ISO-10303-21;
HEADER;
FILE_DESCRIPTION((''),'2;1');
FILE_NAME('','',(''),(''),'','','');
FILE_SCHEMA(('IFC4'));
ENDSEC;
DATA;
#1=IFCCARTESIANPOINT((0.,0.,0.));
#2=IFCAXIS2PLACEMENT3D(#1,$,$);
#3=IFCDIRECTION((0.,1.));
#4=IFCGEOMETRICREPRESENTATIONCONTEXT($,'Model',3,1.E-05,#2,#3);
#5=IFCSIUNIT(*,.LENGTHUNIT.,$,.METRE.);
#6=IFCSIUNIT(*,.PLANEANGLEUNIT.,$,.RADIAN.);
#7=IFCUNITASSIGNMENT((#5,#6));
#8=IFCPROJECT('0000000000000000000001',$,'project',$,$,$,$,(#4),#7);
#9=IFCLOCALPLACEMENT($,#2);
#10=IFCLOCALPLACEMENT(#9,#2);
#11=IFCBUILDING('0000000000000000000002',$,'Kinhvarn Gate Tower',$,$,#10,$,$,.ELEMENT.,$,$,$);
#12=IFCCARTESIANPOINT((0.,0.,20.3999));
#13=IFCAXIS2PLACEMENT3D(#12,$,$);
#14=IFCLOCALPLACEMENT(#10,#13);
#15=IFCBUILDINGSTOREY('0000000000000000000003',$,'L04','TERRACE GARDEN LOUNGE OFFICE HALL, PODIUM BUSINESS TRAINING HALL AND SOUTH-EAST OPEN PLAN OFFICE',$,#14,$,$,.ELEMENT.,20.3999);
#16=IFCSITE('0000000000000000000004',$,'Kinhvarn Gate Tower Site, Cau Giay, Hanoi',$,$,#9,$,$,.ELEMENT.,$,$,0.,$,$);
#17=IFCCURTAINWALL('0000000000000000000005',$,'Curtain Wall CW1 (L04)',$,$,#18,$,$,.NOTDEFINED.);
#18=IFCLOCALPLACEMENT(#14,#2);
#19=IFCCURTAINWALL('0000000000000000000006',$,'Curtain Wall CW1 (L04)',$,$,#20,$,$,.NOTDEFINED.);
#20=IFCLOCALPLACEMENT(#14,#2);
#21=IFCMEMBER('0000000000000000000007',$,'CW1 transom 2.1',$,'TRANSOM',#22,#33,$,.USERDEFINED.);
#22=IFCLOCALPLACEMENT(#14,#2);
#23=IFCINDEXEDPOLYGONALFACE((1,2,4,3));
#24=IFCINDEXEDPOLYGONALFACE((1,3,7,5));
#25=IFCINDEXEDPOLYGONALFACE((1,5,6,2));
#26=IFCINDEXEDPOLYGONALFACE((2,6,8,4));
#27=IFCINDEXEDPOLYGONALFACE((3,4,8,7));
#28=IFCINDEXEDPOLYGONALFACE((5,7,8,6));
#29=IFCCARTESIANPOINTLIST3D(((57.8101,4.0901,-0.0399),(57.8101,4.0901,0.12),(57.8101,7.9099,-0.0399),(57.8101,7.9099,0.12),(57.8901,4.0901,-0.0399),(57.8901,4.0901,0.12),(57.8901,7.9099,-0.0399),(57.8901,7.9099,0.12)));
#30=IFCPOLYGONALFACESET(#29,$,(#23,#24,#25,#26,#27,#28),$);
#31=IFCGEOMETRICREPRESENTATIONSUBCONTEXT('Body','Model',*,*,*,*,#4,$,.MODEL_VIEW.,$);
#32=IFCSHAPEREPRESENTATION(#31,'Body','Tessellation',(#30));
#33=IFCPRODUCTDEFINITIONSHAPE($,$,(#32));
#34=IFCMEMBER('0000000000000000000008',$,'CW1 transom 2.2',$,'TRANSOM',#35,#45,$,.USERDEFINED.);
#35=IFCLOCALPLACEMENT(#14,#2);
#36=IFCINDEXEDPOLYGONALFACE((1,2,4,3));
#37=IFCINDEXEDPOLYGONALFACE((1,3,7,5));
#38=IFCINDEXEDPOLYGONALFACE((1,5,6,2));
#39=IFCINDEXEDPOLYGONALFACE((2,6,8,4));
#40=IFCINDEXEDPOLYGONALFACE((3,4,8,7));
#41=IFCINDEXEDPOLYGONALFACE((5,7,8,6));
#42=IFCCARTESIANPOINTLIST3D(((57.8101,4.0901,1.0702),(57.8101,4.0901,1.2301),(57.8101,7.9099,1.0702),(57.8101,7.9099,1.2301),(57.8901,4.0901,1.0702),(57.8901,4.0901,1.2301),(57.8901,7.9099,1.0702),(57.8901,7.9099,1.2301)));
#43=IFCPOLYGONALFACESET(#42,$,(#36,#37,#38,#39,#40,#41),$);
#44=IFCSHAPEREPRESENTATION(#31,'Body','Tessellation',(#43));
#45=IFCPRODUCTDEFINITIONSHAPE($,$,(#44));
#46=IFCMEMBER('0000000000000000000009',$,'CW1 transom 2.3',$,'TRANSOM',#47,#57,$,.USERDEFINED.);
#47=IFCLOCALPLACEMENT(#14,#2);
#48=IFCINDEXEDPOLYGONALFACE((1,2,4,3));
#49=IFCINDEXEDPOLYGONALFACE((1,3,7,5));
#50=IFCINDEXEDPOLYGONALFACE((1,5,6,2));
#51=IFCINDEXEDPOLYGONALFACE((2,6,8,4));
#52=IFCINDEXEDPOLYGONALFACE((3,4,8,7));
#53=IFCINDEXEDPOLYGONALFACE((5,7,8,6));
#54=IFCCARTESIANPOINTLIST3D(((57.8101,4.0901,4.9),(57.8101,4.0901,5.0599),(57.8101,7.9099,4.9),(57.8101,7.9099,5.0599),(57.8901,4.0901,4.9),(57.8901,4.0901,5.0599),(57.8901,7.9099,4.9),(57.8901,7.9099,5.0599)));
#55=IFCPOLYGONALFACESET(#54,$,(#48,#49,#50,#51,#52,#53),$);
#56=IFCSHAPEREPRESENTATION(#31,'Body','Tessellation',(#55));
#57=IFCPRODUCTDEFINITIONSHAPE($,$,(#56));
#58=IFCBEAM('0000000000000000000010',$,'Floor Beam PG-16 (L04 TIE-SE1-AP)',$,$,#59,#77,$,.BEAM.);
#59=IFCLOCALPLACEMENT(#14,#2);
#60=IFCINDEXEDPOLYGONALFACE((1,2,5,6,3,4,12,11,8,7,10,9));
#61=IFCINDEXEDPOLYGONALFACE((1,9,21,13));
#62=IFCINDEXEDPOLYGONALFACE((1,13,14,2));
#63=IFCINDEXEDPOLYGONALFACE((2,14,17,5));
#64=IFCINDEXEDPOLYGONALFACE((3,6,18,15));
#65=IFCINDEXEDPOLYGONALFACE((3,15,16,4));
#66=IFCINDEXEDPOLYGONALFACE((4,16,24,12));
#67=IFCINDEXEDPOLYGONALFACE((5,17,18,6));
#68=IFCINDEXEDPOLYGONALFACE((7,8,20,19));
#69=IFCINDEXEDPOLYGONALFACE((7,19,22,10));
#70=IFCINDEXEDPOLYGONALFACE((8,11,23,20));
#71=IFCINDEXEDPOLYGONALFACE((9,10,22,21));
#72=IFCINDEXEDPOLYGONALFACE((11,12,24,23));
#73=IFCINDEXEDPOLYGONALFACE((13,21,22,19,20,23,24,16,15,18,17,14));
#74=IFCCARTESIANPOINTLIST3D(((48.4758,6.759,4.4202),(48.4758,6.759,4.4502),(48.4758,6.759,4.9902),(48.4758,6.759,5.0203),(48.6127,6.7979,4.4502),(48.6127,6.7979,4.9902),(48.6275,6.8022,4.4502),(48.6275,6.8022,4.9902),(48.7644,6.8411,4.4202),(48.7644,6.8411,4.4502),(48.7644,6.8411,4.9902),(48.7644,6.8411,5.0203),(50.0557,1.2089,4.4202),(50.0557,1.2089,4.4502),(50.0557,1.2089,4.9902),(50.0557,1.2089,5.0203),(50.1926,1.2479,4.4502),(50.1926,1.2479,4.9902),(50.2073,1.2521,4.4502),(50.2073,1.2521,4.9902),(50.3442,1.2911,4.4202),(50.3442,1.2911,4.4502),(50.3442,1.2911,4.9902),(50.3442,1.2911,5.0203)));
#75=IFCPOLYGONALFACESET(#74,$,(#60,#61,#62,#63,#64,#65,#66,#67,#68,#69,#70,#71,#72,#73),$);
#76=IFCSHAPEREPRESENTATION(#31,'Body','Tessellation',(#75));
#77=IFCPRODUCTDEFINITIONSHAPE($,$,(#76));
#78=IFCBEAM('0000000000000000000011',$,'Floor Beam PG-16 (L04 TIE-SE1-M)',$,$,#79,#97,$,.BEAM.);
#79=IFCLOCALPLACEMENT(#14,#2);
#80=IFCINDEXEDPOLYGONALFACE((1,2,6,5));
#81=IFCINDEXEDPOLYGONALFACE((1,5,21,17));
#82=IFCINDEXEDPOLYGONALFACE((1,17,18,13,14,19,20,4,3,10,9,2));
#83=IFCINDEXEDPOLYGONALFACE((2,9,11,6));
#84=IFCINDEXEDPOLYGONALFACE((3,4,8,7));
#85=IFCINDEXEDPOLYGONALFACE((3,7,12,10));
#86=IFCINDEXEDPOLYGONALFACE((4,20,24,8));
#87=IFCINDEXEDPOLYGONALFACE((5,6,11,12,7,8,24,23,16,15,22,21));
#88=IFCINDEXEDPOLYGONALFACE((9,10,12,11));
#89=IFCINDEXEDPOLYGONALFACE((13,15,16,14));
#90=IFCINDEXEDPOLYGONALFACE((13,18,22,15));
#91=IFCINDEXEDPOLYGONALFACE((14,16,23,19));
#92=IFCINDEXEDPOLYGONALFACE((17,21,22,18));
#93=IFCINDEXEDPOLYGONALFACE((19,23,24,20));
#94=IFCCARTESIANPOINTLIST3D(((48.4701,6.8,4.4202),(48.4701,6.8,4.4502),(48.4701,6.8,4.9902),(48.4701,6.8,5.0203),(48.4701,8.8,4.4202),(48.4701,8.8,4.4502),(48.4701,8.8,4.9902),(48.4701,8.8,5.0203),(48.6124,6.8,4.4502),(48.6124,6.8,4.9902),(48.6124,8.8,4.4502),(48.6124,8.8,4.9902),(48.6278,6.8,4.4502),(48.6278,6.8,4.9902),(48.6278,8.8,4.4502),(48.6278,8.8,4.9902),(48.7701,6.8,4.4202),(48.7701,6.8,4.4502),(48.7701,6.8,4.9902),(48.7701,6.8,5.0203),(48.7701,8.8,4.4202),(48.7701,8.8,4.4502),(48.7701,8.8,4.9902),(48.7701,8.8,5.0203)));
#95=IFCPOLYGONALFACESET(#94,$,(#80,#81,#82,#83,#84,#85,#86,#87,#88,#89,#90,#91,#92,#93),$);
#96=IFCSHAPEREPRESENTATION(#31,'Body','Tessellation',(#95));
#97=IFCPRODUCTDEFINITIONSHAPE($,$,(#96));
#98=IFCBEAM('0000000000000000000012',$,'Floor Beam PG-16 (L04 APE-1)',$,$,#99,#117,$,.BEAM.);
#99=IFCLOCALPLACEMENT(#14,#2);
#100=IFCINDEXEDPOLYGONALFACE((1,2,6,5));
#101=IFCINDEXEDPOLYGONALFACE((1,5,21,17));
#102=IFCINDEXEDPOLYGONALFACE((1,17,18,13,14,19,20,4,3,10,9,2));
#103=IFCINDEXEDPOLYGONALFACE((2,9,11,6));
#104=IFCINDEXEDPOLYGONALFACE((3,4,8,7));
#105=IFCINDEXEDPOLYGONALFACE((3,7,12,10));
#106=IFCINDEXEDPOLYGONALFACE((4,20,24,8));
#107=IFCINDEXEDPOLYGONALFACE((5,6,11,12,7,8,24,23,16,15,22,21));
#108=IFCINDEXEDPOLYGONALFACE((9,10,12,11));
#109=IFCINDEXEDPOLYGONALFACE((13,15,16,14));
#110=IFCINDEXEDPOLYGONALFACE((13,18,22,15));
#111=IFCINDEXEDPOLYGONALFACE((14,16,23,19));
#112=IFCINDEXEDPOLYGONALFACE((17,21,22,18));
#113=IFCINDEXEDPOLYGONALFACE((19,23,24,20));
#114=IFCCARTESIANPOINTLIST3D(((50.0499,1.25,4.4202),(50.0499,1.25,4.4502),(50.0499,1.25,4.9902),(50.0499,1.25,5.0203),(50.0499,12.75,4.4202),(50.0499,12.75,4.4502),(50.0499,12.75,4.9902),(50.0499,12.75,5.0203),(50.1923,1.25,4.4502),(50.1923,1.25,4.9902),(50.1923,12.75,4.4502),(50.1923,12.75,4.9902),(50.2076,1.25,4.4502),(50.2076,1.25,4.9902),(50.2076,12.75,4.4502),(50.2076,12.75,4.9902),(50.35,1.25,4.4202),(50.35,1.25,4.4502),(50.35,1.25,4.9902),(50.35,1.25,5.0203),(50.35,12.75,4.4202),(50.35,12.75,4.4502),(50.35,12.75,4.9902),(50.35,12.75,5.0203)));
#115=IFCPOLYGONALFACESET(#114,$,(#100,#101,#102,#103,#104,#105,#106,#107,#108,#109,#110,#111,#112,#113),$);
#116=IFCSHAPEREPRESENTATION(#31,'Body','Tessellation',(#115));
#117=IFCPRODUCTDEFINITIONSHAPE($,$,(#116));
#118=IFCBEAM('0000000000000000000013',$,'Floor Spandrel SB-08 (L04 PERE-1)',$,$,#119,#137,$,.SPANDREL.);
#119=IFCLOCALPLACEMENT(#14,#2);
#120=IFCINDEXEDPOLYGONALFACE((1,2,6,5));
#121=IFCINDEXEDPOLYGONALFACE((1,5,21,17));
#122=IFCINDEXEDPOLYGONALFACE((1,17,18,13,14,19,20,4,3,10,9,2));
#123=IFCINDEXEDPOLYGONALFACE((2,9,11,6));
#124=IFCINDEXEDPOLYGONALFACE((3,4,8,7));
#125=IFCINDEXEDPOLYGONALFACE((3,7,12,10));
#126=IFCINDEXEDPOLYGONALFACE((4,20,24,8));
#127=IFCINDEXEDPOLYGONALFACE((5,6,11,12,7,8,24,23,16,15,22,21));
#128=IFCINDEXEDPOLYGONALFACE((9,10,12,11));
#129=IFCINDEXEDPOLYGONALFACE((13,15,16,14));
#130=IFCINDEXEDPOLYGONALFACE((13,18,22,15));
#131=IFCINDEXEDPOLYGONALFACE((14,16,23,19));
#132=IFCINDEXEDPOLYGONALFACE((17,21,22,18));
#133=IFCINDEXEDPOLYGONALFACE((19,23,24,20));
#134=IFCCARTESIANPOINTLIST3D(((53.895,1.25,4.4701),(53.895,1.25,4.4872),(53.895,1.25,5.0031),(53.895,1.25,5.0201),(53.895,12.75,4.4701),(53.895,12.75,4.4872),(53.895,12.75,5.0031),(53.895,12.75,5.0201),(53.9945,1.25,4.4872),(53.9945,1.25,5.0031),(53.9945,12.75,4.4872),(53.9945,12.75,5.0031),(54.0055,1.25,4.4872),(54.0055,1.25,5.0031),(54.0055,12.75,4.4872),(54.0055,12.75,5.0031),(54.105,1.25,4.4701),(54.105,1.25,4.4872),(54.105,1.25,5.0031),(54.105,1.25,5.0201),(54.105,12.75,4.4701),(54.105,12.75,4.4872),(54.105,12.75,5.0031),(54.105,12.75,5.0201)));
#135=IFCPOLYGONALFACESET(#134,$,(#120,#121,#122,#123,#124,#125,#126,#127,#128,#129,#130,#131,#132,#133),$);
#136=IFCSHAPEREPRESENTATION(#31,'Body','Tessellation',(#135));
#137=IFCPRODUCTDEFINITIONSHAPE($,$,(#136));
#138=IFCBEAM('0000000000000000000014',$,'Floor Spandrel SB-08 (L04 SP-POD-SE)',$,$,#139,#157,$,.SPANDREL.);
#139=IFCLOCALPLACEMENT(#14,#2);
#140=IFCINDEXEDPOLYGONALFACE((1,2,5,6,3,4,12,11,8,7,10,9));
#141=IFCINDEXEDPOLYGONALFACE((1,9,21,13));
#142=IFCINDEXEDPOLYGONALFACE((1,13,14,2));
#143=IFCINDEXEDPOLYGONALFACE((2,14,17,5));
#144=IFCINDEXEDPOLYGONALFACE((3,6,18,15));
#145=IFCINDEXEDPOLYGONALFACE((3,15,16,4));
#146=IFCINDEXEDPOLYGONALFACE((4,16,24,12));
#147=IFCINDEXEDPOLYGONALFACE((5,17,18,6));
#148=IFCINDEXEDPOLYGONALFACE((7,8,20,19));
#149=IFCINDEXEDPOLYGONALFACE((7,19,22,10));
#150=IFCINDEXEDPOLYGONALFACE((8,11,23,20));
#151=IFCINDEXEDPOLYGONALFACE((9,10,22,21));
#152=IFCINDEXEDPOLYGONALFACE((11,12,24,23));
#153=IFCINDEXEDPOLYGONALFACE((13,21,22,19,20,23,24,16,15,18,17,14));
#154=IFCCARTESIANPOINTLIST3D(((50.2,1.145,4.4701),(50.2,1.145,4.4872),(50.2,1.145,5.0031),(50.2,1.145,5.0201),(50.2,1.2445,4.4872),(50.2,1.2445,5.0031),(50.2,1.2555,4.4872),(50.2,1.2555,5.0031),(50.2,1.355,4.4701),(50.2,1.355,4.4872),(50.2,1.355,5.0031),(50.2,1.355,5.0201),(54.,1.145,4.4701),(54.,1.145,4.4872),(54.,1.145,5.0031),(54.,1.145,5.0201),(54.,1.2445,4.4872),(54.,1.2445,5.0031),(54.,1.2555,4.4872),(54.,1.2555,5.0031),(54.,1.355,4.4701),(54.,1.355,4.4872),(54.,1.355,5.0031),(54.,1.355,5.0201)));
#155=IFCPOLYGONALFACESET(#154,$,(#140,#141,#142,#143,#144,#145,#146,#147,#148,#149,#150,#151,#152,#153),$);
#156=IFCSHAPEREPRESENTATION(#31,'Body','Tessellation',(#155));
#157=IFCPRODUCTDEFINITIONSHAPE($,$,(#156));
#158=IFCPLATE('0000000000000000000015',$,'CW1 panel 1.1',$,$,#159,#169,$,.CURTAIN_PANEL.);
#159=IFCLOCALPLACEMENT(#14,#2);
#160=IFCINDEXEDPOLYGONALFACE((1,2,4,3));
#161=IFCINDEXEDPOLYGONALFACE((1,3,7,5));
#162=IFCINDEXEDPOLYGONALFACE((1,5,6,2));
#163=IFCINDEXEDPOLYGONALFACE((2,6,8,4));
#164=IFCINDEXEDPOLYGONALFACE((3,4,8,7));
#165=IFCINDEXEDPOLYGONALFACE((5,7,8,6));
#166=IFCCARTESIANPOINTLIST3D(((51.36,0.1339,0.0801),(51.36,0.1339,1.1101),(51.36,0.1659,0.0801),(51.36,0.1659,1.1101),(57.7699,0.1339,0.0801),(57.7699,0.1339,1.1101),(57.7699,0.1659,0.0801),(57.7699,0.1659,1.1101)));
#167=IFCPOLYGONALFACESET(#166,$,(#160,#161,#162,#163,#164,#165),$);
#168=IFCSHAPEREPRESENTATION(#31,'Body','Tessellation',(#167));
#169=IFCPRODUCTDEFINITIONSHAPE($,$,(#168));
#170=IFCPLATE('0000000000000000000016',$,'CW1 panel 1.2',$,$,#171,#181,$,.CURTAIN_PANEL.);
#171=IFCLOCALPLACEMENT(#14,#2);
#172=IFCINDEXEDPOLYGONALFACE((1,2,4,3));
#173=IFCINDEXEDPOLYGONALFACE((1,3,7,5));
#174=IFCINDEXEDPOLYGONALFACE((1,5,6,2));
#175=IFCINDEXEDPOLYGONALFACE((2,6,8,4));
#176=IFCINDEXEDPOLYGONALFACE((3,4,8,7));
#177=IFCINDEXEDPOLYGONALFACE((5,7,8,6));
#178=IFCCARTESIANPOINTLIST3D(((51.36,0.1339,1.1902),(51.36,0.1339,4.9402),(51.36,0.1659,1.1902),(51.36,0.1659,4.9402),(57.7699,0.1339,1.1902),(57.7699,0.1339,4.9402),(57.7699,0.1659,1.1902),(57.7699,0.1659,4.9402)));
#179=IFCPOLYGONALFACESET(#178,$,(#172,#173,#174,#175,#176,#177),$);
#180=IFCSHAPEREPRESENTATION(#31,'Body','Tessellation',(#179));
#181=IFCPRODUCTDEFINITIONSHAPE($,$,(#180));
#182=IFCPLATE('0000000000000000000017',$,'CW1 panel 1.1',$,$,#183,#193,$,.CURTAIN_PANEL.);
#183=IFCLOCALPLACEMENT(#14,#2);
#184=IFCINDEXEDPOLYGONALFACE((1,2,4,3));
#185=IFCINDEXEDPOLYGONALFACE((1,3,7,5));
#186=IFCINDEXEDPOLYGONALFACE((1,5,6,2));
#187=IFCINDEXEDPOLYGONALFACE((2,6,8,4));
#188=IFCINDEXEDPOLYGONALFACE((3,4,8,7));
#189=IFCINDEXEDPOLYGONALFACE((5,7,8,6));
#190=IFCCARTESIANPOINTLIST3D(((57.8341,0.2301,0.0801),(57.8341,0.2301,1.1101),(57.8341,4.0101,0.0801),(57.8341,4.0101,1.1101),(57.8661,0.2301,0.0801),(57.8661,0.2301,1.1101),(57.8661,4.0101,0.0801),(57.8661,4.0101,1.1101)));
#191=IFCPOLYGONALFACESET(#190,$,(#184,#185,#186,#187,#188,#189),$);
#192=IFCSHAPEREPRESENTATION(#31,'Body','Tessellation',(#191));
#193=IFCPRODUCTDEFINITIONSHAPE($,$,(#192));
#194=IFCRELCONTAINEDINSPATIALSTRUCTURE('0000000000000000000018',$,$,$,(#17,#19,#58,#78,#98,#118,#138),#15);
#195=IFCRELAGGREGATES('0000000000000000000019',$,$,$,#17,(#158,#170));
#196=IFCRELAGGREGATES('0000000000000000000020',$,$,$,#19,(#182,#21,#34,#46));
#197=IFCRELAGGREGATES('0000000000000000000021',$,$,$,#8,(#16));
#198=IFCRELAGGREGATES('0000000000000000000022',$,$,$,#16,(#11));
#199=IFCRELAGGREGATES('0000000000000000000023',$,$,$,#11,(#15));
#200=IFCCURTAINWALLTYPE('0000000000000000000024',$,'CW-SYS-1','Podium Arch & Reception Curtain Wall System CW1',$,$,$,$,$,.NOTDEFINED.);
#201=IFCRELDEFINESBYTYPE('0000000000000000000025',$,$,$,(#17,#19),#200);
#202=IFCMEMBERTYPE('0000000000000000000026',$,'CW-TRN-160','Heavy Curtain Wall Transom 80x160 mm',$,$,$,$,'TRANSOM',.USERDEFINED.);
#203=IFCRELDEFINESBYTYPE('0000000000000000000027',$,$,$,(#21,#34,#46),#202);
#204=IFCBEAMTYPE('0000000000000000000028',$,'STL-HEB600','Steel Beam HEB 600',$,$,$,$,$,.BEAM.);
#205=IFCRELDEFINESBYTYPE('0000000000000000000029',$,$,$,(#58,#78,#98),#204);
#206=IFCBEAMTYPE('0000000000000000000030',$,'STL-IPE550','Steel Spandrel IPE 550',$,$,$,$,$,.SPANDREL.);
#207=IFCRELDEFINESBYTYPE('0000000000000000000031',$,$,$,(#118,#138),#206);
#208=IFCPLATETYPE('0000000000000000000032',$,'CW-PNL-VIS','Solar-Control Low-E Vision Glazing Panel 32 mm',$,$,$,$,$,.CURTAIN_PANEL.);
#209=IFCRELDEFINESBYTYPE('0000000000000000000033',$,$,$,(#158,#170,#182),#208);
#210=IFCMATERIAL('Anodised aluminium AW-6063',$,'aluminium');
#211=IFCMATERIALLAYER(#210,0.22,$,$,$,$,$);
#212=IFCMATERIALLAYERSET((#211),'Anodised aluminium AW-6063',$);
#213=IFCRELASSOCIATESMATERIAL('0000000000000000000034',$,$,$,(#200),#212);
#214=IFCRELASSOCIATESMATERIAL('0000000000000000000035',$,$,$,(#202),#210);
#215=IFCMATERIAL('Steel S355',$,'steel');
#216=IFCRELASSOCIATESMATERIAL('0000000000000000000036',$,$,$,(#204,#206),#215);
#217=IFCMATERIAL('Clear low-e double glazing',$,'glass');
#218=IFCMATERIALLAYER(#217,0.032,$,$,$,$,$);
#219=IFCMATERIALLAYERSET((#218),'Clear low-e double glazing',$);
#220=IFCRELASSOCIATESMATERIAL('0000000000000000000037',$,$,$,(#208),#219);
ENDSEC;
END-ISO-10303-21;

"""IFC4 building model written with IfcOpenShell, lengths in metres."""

from ifc_helpers import new_model, si_unit, direction, frame, origin, origin_2d, place, context, subcontext, project, spatial, rectangle, i_section, extrude, material, layer, layer_set, material_profile, profile_set, type_object, element, aggregate, save


model = new_model("IFC4")

# Units and contexts
model_context = context("Model", 3, precision=1e-05, world=origin(), true_north=direction((0.0, 1.0)))
body_context = subcontext(model_context, "Body", "Model", "MODEL_VIEW")
ifc_project = project(units=[si_unit("LENGTHUNIT", "METRE"), si_unit("PLANEANGLEUNIT", "RADIAN")], contexts=[model_context])

# Site, building, storey
site_placement = place(None, origin())
site = spatial("IfcSite", under=ifc_project, at=site_placement, Name="Kinhvarn Gate Tower Site, Cau Giay, Hanoi", CompositionType="ELEMENT", RefElevation=0.0)
building_placement = place(site_placement, origin())
building = spatial("IfcBuilding", under=site, at=building_placement, Name="Kinhvarn Gate Tower", CompositionType="ELEMENT")
storey_placement = place(building_placement, frame((0.0, 0.0, 20.3999)))
storey = spatial("IfcBuildingStorey", under=building, at=storey_placement, Name="L04", Description="TERRACE GARDEN LOUNGE OFFICE HALL, PODIUM BUSINESS TRAINING HALL AND SOUTH-EAST OPEN PLAN OFFICE", CompositionType="ELEMENT", Elevation=20.3999)

# Shared definitions
ifc_material_1 = material(Name="Anodised aluminium AW-6063", Category="aluminium")
ifc_layer_1 = layer(ifc_material_1, 0.22)
ifc_layer_set_1 = layer_set([ifc_layer_1], Name="Anodised aluminium AW-6063")
curtain_wall_type = type_object("IfcCurtainWallType", Name="CW-SYS-1", Description="Podium Arch & Reception Curtain Wall System CW1", PredefinedType="NOTDEFINED", material=ifc_layer_set_1)

# Curtain walls
curtain_wall_1_placement = place(storey_placement, origin())
curtain_wall_1 = element("IfcCurtainWall", 1, at=curtain_wall_1_placement, inside=storey, type_object=curtain_wall_type, Name="Curtain Wall CW1 (L04)", PredefinedType="NOTDEFINED")
curtain_wall_2_placement = place(storey_placement, origin())
curtain_wall_2 = element("IfcCurtainWall", 2, at=curtain_wall_2_placement, inside=storey, type_object=curtain_wall_type, Name="Curtain Wall CW1 (L04)", PredefinedType="NOTDEFINED")

# Members
ifc_material_profile_1 = material_profile(ifc_material_1, rectangle(XDim=0.0801, YDim=0.1599, at=origin_2d()), Name="ALU 80x160")
ifc_profile_set_1 = profile_set([ifc_material_profile_1], Name="Anodised aluminium AW-6063")
member_type_1 = type_object("IfcMemberType", Name="CW-TRN-160", Description="Heavy Curtain Wall Transom 80x160 mm", ElementType="TRANSOM", PredefinedType="USERDEFINED", material=ifc_profile_set_1)
member_1_placement = place(storey_placement, frame((57.8501, 4.0901, 0.04), z_axis=(0.0, 1.0, 0.0), x_axis=(-1.0, 0.0, 0.0)))
member_1 = element("IfcMember", 3, at=member_1_placement, type_object=member_type_1, Name="CW1 transom 2.1", ObjectType="TRANSOM", PredefinedType="USERDEFINED", context=body_context, shape_type="SweptSolid", body=[
    extrude(rectangle(XDim=0.0801, YDim=0.1599, at=origin_2d()), origin(), (0.0, 0.0, 1.0), 3.8198),
])
member_2_placement = place(storey_placement, frame((57.8501, 4.0901, 1.1501), z_axis=(0.0, 1.0, 0.0), x_axis=(-1.0, 0.0, 0.0)))
member_2 = element("IfcMember", 4, at=member_2_placement, type_object=member_type_1, Name="CW1 transom 2.2", ObjectType="TRANSOM", PredefinedType="USERDEFINED", context=body_context, shape_type="SweptSolid", body=[
    extrude(rectangle(XDim=0.0801, YDim=0.1599, at=origin_2d()), origin(), (0.0, 0.0, 1.0), 3.8198),
])
member_3_placement = place(storey_placement, frame((57.8501, 4.0901, 4.98), z_axis=(0.0, 1.0, 0.0), x_axis=(-1.0, 0.0, 0.0)))
member_3 = element("IfcMember", 5, at=member_3_placement, type_object=member_type_1, Name="CW1 transom 2.3", ObjectType="TRANSOM", PredefinedType="USERDEFINED", context=body_context, shape_type="SweptSolid", body=[
    extrude(rectangle(XDim=0.0801, YDim=0.1599, at=origin_2d()), origin(), (0.0, 0.0, 1.0), 3.8198),
])

# Beams
ifc_material_2 = material(Name="Steel S355", Category="steel")
ifc_material_profile_2 = material_profile(ifc_material_2, i_section(OverallWidth=0.3, OverallDepth=0.6001, WebThickness=0.0154, FlangeThickness=0.03, at=origin_2d()), Name="HEB 600")
ifc_profile_set_2 = profile_set([ifc_material_profile_2], Name="Steel S355")
beam_type_1 = type_object("IfcBeamType", Name="STL-HEB600", Description="Steel Beam HEB 600", PredefinedType="BEAM", material=ifc_profile_set_2)
beam_1_placement = place(storey_placement, frame((48.6201, 6.8, 4.7202), z_axis=(0.273777, -0.961793, 0.0), x_axis=(0.961793, 0.273777, 0.0)))
element("IfcBeam", 6, at=beam_1_placement, inside=storey, type_object=beam_type_1, Name="Floor Beam PG-16 (L04 TIE-SE1-AP)", PredefinedType="BEAM", context=body_context, shape_type="SweptSolid", body=[
    extrude(i_section(OverallWidth=0.3, OverallDepth=0.6001, WebThickness=0.0154, FlangeThickness=0.03, at=origin_2d()), origin(), (0.0, 0.0, 1.0), 5.7705),
])
beam_2_placement = place(storey_placement, frame((48.6201, 6.8, 4.7202), z_axis=(0.0, 1.0, 0.0), x_axis=(-1.0, 0.0, 0.0)))
element("IfcBeam", 7, at=beam_2_placement, inside=storey, type_object=beam_type_1, Name="Floor Beam PG-16 (L04 TIE-SE1-M)", PredefinedType="BEAM", context=body_context, shape_type="SweptSolid", body=[
    extrude(i_section(OverallWidth=0.3, OverallDepth=0.6001, WebThickness=0.0154, FlangeThickness=0.03, at=origin_2d()), origin(), (0.0, 0.0, 1.0), 2.0),
])
beam_3_placement = place(storey_placement, frame((50.2, 1.25, 4.7202), z_axis=(0.0, 1.0, 0.0), x_axis=(-1.0, 0.0, 0.0)))
element("IfcBeam", 8, at=beam_3_placement, inside=storey, type_object=beam_type_1, Name="Floor Beam PG-16 (L04 APE-1)", PredefinedType="BEAM", context=body_context, shape_type="SweptSolid", body=[
    extrude(i_section(OverallWidth=0.3, OverallDepth=0.6001, WebThickness=0.0154, FlangeThickness=0.03, at=origin_2d()), origin(), (0.0, 0.0, 1.0), 11.5),
])
ifc_material_profile_3 = material_profile(ifc_material_2, i_section(OverallWidth=0.21, OverallDepth=0.55, WebThickness=0.011, FlangeThickness=0.0171, at=origin_2d()), Name="IPE 550")
ifc_profile_set_3 = profile_set([ifc_material_profile_3], Name="Steel S355")
beam_type_2 = type_object("IfcBeamType", Name="STL-IPE550", Description="Steel Spandrel IPE 550", PredefinedType="SPANDREL", material=ifc_profile_set_3)
beam_4_placement = place(storey_placement, frame((54.0, 1.25, 4.7451), z_axis=(0.0, 1.0, 0.0), x_axis=(-1.0, 0.0, 0.0)))
element("IfcBeam", 9, at=beam_4_placement, inside=storey, type_object=beam_type_2, Name="Floor Spandrel SB-08 (L04 PERE-1)", PredefinedType="SPANDREL", context=body_context, shape_type="SweptSolid", body=[
    extrude(i_section(OverallWidth=0.21, OverallDepth=0.55, WebThickness=0.011, FlangeThickness=0.0171, at=origin_2d()), origin(), (0.0, 0.0, 1.0), 11.5),
])
beam_5_placement = place(storey_placement, frame((50.2, 1.25, 4.7451), z_axis=(1.0, 0.0, 0.0), x_axis=(0.0, 1.0, 0.0)))
element("IfcBeam", 10, at=beam_5_placement, inside=storey, type_object=beam_type_2, Name="Floor Spandrel SB-08 (L04 SP-POD-SE)", PredefinedType="SPANDREL", context=body_context, shape_type="SweptSolid", body=[
    extrude(i_section(OverallWidth=0.21, OverallDepth=0.55, WebThickness=0.011, FlangeThickness=0.0171, at=origin_2d()), origin(), (0.0, 0.0, 1.0), 3.8),
])

# Plates
ifc_material_3 = material(Name="Clear low-e double glazing", Category="glass")
ifc_layer_2 = layer(ifc_material_3, 0.032)
ifc_layer_set_2 = layer_set([ifc_layer_2], Name="Clear low-e double glazing")
plate_type = type_object("IfcPlateType", Name="CW-PNL-VIS", Description="Solar-Control Low-E Vision Glazing Panel 32 mm", PredefinedType="CURTAIN_PANEL", material=ifc_layer_set_2)
plate_1_placement = place(storey_placement, frame((54.5649, 0.1499, 0.0801), z_axis=(0.0, 0.0, 1.0), x_axis=(1.0, 0.0, 0.0)))
plate_1 = element("IfcPlate", 11, at=plate_1_placement, type_object=plate_type, Name="CW1 panel 1.1", PredefinedType="CURTAIN_PANEL", context=body_context, shape_type="SweptSolid", body=[
    extrude(rectangle(XDim=6.4099, YDim=0.032, at=origin_2d()), origin(), (0.0, 0.0, 1.0), 1.03),
])
plate_2_placement = place(storey_placement, frame((54.5649, 0.1499, 1.1902), z_axis=(0.0, 0.0, 1.0), x_axis=(1.0, 0.0, 0.0)))
plate_2 = element("IfcPlate", 12, at=plate_2_placement, type_object=plate_type, Name="CW1 panel 1.2", PredefinedType="CURTAIN_PANEL", context=body_context, shape_type="SweptSolid", body=[
    extrude(rectangle(XDim=6.4099, YDim=0.032, at=origin_2d()), origin(), (0.0, 0.0, 1.0), 3.75),
])
aggregate(curtain_wall_1, [plate_1, plate_2])
plate_3_placement = place(storey_placement, frame((57.8501, 2.1201, 0.0801), z_axis=(0.0, 0.0, 1.0), x_axis=(0.0, 1.0, 0.0)))
plate_3 = element("IfcPlate", 13, at=plate_3_placement, type_object=plate_type, Name="CW1 panel 1.1", PredefinedType="CURTAIN_PANEL", context=body_context, shape_type="SweptSolid", body=[
    extrude(rectangle(XDim=3.78, YDim=0.032, at=origin_2d()), origin(), (0.0, 0.0, 1.0), 1.03),
])
aggregate(curtain_wall_2, [plate_3, member_1, member_2, member_3])

save(model, "model.ifc")
